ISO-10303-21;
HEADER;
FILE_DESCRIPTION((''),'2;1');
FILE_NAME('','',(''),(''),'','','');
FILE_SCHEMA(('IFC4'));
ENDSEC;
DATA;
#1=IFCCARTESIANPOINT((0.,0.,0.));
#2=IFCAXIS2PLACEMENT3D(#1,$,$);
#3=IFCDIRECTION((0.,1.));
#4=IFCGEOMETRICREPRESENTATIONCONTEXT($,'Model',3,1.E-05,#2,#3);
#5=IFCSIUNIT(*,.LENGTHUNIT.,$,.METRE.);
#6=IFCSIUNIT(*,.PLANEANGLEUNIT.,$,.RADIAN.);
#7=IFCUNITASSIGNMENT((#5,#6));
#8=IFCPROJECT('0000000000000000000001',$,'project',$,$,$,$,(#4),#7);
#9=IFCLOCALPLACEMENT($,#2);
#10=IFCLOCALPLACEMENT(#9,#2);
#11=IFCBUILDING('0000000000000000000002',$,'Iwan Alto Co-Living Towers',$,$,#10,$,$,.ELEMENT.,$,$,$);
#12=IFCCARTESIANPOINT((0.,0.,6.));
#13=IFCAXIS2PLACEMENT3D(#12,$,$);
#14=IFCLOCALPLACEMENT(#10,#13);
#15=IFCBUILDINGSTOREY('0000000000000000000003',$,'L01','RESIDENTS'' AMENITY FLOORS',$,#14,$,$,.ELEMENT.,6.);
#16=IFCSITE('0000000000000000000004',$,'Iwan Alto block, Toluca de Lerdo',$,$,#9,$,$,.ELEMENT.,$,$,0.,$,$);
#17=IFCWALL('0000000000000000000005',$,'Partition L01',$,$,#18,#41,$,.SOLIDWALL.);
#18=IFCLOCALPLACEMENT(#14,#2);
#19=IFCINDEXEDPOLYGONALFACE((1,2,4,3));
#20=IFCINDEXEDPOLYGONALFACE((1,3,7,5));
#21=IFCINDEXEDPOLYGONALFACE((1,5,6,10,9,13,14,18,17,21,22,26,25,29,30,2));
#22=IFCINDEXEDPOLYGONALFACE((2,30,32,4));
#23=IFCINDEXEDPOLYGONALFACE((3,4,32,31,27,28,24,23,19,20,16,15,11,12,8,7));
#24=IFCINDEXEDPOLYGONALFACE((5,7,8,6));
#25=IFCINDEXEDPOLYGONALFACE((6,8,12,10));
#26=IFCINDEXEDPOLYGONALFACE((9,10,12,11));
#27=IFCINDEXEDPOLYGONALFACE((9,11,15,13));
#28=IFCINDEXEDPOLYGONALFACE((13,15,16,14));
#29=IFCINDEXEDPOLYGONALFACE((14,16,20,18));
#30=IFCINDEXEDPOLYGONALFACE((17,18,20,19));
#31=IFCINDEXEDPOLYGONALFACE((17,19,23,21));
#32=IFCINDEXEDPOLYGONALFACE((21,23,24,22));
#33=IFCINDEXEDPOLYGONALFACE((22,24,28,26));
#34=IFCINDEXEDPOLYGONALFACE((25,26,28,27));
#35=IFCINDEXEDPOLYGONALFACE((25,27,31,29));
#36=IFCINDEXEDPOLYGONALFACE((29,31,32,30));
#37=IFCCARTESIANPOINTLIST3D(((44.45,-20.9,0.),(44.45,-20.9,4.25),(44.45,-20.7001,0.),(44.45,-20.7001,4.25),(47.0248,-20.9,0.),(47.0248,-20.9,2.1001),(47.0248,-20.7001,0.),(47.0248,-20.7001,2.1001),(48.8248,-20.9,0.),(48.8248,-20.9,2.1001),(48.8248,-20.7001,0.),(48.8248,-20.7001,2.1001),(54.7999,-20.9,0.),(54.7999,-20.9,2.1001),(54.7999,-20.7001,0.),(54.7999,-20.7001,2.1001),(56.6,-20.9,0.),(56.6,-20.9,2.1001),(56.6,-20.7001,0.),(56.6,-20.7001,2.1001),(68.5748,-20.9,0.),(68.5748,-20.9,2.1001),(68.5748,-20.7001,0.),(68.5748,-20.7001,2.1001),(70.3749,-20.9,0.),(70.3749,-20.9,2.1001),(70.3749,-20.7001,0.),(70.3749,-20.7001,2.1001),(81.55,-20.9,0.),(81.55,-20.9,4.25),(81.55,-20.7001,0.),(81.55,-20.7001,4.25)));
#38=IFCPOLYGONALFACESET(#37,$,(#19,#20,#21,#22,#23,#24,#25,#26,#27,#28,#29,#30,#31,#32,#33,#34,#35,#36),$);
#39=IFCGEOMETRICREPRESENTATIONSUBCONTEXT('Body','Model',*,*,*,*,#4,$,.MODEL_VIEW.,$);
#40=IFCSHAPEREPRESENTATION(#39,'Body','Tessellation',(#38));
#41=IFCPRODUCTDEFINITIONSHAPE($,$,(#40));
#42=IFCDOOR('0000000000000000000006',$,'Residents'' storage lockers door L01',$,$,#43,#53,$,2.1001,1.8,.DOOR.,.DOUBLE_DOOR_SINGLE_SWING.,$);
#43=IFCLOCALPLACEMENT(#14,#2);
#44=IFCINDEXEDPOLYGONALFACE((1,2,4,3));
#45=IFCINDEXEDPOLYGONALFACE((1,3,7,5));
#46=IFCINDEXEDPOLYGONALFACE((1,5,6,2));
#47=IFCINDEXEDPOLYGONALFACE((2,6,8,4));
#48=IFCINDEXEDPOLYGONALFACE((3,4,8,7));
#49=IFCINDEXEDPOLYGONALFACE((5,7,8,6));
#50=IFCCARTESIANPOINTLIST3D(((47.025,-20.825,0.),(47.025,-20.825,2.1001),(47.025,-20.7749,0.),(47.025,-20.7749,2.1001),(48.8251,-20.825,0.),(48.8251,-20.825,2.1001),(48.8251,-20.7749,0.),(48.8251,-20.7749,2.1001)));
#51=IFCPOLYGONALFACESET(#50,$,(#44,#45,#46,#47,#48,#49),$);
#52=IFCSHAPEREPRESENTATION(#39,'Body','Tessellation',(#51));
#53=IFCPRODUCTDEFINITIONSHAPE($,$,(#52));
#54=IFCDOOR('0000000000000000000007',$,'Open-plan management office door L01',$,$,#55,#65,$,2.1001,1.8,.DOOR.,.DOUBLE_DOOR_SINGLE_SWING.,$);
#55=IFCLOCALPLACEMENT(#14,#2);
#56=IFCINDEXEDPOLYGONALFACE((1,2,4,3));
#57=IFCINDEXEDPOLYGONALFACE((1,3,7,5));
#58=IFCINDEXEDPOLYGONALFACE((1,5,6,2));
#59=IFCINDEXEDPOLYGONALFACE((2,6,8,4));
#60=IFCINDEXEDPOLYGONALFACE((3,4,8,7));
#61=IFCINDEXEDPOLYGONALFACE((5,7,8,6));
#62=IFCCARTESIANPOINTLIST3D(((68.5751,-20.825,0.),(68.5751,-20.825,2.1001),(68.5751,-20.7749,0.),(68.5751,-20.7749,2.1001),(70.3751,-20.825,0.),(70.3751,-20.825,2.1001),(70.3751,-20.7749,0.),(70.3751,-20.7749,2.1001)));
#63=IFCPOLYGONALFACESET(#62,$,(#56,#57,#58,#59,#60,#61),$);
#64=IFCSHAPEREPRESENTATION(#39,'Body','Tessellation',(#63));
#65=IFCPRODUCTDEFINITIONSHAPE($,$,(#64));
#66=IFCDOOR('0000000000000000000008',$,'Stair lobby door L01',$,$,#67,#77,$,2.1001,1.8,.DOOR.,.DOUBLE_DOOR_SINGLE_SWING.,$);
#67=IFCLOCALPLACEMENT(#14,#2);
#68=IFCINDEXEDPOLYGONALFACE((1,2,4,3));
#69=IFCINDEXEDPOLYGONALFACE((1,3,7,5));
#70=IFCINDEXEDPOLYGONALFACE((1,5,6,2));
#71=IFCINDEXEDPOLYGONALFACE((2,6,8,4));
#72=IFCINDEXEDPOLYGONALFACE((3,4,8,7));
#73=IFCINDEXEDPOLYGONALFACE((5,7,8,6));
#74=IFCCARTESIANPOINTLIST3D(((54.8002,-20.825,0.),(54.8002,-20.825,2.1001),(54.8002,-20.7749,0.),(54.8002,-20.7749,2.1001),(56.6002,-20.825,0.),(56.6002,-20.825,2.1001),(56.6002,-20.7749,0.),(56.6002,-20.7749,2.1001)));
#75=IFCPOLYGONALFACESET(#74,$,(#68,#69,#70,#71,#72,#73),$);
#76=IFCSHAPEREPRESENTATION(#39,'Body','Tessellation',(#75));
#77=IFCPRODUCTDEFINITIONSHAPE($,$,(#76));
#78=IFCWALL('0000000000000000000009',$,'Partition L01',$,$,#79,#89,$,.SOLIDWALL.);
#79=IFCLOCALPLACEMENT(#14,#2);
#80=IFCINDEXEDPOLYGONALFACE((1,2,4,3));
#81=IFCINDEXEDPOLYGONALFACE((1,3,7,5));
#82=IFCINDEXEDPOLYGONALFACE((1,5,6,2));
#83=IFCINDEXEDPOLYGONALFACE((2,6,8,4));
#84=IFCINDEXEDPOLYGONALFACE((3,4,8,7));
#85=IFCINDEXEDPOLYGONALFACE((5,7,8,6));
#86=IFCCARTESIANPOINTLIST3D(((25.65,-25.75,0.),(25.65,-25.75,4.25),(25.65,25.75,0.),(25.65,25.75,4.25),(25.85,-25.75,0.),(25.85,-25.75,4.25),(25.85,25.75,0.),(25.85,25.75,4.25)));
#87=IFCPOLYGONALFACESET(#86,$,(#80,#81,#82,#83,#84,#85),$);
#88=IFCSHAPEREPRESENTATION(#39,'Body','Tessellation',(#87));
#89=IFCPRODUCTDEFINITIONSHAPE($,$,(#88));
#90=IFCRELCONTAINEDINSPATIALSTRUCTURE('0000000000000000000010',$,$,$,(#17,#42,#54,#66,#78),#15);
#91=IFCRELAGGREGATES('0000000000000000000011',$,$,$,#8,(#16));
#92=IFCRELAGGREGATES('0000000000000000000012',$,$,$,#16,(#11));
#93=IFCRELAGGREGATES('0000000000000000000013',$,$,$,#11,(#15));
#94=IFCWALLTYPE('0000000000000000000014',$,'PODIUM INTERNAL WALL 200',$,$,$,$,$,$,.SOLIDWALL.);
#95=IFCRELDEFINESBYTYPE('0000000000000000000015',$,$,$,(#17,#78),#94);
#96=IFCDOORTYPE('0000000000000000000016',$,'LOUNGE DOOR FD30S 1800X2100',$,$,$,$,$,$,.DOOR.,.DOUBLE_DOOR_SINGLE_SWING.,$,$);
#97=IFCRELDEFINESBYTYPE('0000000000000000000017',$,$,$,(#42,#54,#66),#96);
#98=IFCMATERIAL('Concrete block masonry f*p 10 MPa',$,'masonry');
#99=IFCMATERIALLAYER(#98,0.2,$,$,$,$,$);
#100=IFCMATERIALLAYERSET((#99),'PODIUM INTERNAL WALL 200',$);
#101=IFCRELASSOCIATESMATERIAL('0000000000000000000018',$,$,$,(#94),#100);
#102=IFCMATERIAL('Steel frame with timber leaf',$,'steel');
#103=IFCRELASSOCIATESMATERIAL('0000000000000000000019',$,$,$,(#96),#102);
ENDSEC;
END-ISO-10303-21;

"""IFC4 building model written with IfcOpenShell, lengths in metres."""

from ifc_helpers import new_model, si_unit, direction, frame, frame_2d, origin, place, context, subcontext, project, spatial, rectangle, extrude, material, layer, layer_set, type_object, element, fill, save


model = new_model("IFC4")

# Units and contexts
model_context = context("Model", 3, precision=1e-05, world=origin(), true_north=direction((0.0, 1.0)))
body_context = subcontext(model_context, "Body", "Model", "MODEL_VIEW")
ifc_project = project(units=[si_unit("LENGTHUNIT", "METRE"), si_unit("PLANEANGLEUNIT", "RADIAN")], contexts=[model_context])

# Site, building, storey
site_placement = place(None, origin())
site = spatial("IfcSite", under=ifc_project, at=site_placement, Name="Iwan Alto block, Toluca de Lerdo", CompositionType="ELEMENT", RefElevation=0.0)
building_placement = place(site_placement, origin())
building = spatial("IfcBuilding", under=site, at=building_placement, Name="Iwan Alto Co-Living Towers", CompositionType="ELEMENT")
storey_placement = place(building_placement, frame((0.0, 0.0, 6.0)))
storey = spatial("IfcBuildingStorey", under=building, at=storey_placement, Name="L01", Description="RESIDENTS' AMENITY FLOORS", CompositionType="ELEMENT", Elevation=6.0)

# Wall, openings, doors
ifc_material_1 = material(Name="Concrete block masonry f*p 10 MPa", Category="masonry")
ifc_layer = layer(ifc_material_1, 0.2)
ifc_layer_set = layer_set([ifc_layer], Name="PODIUM INTERNAL WALL 200")
wall_type = type_object("IfcWallType", Name="PODIUM INTERNAL WALL 200", PredefinedType="SOLIDWALL", material=ifc_layer_set)
wall_1_placement = place(storey_placement, frame((44.45, -20.8, 0.0), z_axis=(0.0, 0.0, 1.0), x_axis=(1.0, 0.0, 0.0)))
wall_1 = element("IfcWall", 1, at=wall_1_placement, inside=storey, type_object=wall_type, Name="Partition L01", PredefinedType="SOLIDWALL", context=body_context, shape_type="SweptSolid", body=[
    extrude(rectangle(XDim=37.1001, YDim=0.2, at=frame_2d((18.55, 0.0))), origin(), (0.0, 0.0, 1.0), 4.25),
])
opening_1_placement = place(wall_1_placement, frame((2.575, 0.0, 0.0)))
opening_1 = element("IfcOpeningElement", 2, at=opening_1_placement, cuts=wall_1, PredefinedType="OPENING", context=body_context, shape_type="SweptSolid", body=[
    extrude(rectangle(XDim=1.8, YDim=2.1001, at=frame_2d((0.8999, 1.05))), frame((0.0, 0.1099, 0.0), z_axis=(0.0, -1.0, 0.0), x_axis=(1.0, 0.0, 0.0)), (0.0, 0.0, 1.0), 0.22),
])
opening_2_placement = place(wall_1_placement, frame((24.125, 0.0, 0.0)))
opening_2 = element("IfcOpeningElement", 3, at=opening_2_placement, cuts=wall_1, PredefinedType="OPENING", context=body_context, shape_type="SweptSolid", body=[
    extrude(rectangle(XDim=1.8, YDim=2.1001, at=frame_2d((0.8999, 1.05))), frame((0.0, 0.1099, 0.0), z_axis=(0.0, -1.0, 0.0), x_axis=(1.0, 0.0, 0.0)), (0.0, 0.0, 1.0), 0.22),
])
opening_3_placement = place(wall_1_placement, frame((10.3501, 0.0, 0.0)))
opening_3 = element("IfcOpeningElement", 4, at=opening_3_placement, cuts=wall_1, PredefinedType="OPENING", context=body_context, shape_type="SweptSolid", body=[
    extrude(rectangle(XDim=1.8, YDim=2.1001, at=frame_2d((0.8999, 1.05))), frame((0.0, 0.1099, 0.0), z_axis=(0.0, -1.0, 0.0), x_axis=(1.0, 0.0, 0.0)), (0.0, 0.0, 1.0), 0.22),
])
ifc_material_2 = material(Name="Steel frame with timber leaf", Category="steel")
door_type = type_object("IfcDoorType", Name="LOUNGE DOOR FD30S 1800X2100", OperationType="DOUBLE_DOOR_SINGLE_SWING", PredefinedType="DOOR", material=ifc_material_2)
door_1_placement = place(opening_1_placement, frame((1.8, 0.0, 0.0), z_axis=(0.0, 0.0, 1.0), x_axis=(-1.0, 0.0, 0.0)))
door_1 = element("IfcDoor", 5, at=door_1_placement, inside=storey, type_object=door_type, Name="Residents' storage lockers door L01", OperationType="DOUBLE_DOOR_SINGLE_SWING", OverallHeight=2.1001, OverallWidth=1.8, PredefinedType="DOOR", context=body_context, shape_type="SweptSolid", body=[
    extrude(rectangle(XDim=1.8, YDim=2.1001, at=frame_2d((0.8999, 1.05))), frame((0.0, 0.0249, 0.0), z_axis=(0.0, -1.0, 0.0), x_axis=(1.0, 0.0, 0.0)), (0.0, 0.0, 1.0), 0.05),
])
fill(opening_1, door_1)
door_2_placement = place(opening_2_placement, frame((1.8, 0.0, 0.0), z_axis=(0.0, 0.0, 1.0), x_axis=(-1.0, 0.0, 0.0)))
door_2 = element("IfcDoor", 6, at=door_2_placement, inside=storey, type_object=door_type, Name="Open-plan management office door L01", OperationType="DOUBLE_DOOR_SINGLE_SWING", OverallHeight=2.1001, OverallWidth=1.8, PredefinedType="DOOR", context=body_context, shape_type="SweptSolid", body=[
    extrude(rectangle(XDim=1.8, YDim=2.1001, at=frame_2d((0.8999, 1.05))), frame((0.0, 0.0249, 0.0), z_axis=(0.0, -1.0, 0.0), x_axis=(1.0, 0.0, 0.0)), (0.0, 0.0, 1.0), 0.05),
])
fill(opening_2, door_2)
door_3_placement = place(opening_3_placement, frame((1.8, 0.0, 0.0), z_axis=(0.0, 0.0, 1.0), x_axis=(-1.0, 0.0, 0.0)))
door_3 = element("IfcDoor", 7, at=door_3_placement, inside=storey, type_object=door_type, Name="Stair lobby door L01", OperationType="DOUBLE_DOOR_SINGLE_SWING", OverallHeight=2.1001, OverallWidth=1.8, PredefinedType="DOOR", context=body_context, shape_type="SweptSolid", body=[
    extrude(rectangle(XDim=1.8, YDim=2.1001, at=frame_2d((0.8999, 1.05))), frame((0.0, 0.0249, 0.0), z_axis=(0.0, -1.0, 0.0), x_axis=(1.0, 0.0, 0.0)), (0.0, 0.0, 1.0), 0.05),
])
fill(opening_3, door_3)

# Wall
wall_2_placement = place(storey_placement, frame((25.75, -25.75, 0.0), z_axis=(0.0, 0.0, 1.0), x_axis=(0.0, 1.0, 0.0)))
element("IfcWall", 8, at=wall_2_placement, inside=storey, type_object=wall_type, Name="Partition L01", PredefinedType="SOLIDWALL", context=body_context, shape_type="SweptSolid", body=[
    extrude(rectangle(XDim=51.5, YDim=0.2, at=frame_2d((25.75, 0.0))), origin(), (0.0, 0.0, 1.0), 4.25),
])

save(model, "model.ifc")
